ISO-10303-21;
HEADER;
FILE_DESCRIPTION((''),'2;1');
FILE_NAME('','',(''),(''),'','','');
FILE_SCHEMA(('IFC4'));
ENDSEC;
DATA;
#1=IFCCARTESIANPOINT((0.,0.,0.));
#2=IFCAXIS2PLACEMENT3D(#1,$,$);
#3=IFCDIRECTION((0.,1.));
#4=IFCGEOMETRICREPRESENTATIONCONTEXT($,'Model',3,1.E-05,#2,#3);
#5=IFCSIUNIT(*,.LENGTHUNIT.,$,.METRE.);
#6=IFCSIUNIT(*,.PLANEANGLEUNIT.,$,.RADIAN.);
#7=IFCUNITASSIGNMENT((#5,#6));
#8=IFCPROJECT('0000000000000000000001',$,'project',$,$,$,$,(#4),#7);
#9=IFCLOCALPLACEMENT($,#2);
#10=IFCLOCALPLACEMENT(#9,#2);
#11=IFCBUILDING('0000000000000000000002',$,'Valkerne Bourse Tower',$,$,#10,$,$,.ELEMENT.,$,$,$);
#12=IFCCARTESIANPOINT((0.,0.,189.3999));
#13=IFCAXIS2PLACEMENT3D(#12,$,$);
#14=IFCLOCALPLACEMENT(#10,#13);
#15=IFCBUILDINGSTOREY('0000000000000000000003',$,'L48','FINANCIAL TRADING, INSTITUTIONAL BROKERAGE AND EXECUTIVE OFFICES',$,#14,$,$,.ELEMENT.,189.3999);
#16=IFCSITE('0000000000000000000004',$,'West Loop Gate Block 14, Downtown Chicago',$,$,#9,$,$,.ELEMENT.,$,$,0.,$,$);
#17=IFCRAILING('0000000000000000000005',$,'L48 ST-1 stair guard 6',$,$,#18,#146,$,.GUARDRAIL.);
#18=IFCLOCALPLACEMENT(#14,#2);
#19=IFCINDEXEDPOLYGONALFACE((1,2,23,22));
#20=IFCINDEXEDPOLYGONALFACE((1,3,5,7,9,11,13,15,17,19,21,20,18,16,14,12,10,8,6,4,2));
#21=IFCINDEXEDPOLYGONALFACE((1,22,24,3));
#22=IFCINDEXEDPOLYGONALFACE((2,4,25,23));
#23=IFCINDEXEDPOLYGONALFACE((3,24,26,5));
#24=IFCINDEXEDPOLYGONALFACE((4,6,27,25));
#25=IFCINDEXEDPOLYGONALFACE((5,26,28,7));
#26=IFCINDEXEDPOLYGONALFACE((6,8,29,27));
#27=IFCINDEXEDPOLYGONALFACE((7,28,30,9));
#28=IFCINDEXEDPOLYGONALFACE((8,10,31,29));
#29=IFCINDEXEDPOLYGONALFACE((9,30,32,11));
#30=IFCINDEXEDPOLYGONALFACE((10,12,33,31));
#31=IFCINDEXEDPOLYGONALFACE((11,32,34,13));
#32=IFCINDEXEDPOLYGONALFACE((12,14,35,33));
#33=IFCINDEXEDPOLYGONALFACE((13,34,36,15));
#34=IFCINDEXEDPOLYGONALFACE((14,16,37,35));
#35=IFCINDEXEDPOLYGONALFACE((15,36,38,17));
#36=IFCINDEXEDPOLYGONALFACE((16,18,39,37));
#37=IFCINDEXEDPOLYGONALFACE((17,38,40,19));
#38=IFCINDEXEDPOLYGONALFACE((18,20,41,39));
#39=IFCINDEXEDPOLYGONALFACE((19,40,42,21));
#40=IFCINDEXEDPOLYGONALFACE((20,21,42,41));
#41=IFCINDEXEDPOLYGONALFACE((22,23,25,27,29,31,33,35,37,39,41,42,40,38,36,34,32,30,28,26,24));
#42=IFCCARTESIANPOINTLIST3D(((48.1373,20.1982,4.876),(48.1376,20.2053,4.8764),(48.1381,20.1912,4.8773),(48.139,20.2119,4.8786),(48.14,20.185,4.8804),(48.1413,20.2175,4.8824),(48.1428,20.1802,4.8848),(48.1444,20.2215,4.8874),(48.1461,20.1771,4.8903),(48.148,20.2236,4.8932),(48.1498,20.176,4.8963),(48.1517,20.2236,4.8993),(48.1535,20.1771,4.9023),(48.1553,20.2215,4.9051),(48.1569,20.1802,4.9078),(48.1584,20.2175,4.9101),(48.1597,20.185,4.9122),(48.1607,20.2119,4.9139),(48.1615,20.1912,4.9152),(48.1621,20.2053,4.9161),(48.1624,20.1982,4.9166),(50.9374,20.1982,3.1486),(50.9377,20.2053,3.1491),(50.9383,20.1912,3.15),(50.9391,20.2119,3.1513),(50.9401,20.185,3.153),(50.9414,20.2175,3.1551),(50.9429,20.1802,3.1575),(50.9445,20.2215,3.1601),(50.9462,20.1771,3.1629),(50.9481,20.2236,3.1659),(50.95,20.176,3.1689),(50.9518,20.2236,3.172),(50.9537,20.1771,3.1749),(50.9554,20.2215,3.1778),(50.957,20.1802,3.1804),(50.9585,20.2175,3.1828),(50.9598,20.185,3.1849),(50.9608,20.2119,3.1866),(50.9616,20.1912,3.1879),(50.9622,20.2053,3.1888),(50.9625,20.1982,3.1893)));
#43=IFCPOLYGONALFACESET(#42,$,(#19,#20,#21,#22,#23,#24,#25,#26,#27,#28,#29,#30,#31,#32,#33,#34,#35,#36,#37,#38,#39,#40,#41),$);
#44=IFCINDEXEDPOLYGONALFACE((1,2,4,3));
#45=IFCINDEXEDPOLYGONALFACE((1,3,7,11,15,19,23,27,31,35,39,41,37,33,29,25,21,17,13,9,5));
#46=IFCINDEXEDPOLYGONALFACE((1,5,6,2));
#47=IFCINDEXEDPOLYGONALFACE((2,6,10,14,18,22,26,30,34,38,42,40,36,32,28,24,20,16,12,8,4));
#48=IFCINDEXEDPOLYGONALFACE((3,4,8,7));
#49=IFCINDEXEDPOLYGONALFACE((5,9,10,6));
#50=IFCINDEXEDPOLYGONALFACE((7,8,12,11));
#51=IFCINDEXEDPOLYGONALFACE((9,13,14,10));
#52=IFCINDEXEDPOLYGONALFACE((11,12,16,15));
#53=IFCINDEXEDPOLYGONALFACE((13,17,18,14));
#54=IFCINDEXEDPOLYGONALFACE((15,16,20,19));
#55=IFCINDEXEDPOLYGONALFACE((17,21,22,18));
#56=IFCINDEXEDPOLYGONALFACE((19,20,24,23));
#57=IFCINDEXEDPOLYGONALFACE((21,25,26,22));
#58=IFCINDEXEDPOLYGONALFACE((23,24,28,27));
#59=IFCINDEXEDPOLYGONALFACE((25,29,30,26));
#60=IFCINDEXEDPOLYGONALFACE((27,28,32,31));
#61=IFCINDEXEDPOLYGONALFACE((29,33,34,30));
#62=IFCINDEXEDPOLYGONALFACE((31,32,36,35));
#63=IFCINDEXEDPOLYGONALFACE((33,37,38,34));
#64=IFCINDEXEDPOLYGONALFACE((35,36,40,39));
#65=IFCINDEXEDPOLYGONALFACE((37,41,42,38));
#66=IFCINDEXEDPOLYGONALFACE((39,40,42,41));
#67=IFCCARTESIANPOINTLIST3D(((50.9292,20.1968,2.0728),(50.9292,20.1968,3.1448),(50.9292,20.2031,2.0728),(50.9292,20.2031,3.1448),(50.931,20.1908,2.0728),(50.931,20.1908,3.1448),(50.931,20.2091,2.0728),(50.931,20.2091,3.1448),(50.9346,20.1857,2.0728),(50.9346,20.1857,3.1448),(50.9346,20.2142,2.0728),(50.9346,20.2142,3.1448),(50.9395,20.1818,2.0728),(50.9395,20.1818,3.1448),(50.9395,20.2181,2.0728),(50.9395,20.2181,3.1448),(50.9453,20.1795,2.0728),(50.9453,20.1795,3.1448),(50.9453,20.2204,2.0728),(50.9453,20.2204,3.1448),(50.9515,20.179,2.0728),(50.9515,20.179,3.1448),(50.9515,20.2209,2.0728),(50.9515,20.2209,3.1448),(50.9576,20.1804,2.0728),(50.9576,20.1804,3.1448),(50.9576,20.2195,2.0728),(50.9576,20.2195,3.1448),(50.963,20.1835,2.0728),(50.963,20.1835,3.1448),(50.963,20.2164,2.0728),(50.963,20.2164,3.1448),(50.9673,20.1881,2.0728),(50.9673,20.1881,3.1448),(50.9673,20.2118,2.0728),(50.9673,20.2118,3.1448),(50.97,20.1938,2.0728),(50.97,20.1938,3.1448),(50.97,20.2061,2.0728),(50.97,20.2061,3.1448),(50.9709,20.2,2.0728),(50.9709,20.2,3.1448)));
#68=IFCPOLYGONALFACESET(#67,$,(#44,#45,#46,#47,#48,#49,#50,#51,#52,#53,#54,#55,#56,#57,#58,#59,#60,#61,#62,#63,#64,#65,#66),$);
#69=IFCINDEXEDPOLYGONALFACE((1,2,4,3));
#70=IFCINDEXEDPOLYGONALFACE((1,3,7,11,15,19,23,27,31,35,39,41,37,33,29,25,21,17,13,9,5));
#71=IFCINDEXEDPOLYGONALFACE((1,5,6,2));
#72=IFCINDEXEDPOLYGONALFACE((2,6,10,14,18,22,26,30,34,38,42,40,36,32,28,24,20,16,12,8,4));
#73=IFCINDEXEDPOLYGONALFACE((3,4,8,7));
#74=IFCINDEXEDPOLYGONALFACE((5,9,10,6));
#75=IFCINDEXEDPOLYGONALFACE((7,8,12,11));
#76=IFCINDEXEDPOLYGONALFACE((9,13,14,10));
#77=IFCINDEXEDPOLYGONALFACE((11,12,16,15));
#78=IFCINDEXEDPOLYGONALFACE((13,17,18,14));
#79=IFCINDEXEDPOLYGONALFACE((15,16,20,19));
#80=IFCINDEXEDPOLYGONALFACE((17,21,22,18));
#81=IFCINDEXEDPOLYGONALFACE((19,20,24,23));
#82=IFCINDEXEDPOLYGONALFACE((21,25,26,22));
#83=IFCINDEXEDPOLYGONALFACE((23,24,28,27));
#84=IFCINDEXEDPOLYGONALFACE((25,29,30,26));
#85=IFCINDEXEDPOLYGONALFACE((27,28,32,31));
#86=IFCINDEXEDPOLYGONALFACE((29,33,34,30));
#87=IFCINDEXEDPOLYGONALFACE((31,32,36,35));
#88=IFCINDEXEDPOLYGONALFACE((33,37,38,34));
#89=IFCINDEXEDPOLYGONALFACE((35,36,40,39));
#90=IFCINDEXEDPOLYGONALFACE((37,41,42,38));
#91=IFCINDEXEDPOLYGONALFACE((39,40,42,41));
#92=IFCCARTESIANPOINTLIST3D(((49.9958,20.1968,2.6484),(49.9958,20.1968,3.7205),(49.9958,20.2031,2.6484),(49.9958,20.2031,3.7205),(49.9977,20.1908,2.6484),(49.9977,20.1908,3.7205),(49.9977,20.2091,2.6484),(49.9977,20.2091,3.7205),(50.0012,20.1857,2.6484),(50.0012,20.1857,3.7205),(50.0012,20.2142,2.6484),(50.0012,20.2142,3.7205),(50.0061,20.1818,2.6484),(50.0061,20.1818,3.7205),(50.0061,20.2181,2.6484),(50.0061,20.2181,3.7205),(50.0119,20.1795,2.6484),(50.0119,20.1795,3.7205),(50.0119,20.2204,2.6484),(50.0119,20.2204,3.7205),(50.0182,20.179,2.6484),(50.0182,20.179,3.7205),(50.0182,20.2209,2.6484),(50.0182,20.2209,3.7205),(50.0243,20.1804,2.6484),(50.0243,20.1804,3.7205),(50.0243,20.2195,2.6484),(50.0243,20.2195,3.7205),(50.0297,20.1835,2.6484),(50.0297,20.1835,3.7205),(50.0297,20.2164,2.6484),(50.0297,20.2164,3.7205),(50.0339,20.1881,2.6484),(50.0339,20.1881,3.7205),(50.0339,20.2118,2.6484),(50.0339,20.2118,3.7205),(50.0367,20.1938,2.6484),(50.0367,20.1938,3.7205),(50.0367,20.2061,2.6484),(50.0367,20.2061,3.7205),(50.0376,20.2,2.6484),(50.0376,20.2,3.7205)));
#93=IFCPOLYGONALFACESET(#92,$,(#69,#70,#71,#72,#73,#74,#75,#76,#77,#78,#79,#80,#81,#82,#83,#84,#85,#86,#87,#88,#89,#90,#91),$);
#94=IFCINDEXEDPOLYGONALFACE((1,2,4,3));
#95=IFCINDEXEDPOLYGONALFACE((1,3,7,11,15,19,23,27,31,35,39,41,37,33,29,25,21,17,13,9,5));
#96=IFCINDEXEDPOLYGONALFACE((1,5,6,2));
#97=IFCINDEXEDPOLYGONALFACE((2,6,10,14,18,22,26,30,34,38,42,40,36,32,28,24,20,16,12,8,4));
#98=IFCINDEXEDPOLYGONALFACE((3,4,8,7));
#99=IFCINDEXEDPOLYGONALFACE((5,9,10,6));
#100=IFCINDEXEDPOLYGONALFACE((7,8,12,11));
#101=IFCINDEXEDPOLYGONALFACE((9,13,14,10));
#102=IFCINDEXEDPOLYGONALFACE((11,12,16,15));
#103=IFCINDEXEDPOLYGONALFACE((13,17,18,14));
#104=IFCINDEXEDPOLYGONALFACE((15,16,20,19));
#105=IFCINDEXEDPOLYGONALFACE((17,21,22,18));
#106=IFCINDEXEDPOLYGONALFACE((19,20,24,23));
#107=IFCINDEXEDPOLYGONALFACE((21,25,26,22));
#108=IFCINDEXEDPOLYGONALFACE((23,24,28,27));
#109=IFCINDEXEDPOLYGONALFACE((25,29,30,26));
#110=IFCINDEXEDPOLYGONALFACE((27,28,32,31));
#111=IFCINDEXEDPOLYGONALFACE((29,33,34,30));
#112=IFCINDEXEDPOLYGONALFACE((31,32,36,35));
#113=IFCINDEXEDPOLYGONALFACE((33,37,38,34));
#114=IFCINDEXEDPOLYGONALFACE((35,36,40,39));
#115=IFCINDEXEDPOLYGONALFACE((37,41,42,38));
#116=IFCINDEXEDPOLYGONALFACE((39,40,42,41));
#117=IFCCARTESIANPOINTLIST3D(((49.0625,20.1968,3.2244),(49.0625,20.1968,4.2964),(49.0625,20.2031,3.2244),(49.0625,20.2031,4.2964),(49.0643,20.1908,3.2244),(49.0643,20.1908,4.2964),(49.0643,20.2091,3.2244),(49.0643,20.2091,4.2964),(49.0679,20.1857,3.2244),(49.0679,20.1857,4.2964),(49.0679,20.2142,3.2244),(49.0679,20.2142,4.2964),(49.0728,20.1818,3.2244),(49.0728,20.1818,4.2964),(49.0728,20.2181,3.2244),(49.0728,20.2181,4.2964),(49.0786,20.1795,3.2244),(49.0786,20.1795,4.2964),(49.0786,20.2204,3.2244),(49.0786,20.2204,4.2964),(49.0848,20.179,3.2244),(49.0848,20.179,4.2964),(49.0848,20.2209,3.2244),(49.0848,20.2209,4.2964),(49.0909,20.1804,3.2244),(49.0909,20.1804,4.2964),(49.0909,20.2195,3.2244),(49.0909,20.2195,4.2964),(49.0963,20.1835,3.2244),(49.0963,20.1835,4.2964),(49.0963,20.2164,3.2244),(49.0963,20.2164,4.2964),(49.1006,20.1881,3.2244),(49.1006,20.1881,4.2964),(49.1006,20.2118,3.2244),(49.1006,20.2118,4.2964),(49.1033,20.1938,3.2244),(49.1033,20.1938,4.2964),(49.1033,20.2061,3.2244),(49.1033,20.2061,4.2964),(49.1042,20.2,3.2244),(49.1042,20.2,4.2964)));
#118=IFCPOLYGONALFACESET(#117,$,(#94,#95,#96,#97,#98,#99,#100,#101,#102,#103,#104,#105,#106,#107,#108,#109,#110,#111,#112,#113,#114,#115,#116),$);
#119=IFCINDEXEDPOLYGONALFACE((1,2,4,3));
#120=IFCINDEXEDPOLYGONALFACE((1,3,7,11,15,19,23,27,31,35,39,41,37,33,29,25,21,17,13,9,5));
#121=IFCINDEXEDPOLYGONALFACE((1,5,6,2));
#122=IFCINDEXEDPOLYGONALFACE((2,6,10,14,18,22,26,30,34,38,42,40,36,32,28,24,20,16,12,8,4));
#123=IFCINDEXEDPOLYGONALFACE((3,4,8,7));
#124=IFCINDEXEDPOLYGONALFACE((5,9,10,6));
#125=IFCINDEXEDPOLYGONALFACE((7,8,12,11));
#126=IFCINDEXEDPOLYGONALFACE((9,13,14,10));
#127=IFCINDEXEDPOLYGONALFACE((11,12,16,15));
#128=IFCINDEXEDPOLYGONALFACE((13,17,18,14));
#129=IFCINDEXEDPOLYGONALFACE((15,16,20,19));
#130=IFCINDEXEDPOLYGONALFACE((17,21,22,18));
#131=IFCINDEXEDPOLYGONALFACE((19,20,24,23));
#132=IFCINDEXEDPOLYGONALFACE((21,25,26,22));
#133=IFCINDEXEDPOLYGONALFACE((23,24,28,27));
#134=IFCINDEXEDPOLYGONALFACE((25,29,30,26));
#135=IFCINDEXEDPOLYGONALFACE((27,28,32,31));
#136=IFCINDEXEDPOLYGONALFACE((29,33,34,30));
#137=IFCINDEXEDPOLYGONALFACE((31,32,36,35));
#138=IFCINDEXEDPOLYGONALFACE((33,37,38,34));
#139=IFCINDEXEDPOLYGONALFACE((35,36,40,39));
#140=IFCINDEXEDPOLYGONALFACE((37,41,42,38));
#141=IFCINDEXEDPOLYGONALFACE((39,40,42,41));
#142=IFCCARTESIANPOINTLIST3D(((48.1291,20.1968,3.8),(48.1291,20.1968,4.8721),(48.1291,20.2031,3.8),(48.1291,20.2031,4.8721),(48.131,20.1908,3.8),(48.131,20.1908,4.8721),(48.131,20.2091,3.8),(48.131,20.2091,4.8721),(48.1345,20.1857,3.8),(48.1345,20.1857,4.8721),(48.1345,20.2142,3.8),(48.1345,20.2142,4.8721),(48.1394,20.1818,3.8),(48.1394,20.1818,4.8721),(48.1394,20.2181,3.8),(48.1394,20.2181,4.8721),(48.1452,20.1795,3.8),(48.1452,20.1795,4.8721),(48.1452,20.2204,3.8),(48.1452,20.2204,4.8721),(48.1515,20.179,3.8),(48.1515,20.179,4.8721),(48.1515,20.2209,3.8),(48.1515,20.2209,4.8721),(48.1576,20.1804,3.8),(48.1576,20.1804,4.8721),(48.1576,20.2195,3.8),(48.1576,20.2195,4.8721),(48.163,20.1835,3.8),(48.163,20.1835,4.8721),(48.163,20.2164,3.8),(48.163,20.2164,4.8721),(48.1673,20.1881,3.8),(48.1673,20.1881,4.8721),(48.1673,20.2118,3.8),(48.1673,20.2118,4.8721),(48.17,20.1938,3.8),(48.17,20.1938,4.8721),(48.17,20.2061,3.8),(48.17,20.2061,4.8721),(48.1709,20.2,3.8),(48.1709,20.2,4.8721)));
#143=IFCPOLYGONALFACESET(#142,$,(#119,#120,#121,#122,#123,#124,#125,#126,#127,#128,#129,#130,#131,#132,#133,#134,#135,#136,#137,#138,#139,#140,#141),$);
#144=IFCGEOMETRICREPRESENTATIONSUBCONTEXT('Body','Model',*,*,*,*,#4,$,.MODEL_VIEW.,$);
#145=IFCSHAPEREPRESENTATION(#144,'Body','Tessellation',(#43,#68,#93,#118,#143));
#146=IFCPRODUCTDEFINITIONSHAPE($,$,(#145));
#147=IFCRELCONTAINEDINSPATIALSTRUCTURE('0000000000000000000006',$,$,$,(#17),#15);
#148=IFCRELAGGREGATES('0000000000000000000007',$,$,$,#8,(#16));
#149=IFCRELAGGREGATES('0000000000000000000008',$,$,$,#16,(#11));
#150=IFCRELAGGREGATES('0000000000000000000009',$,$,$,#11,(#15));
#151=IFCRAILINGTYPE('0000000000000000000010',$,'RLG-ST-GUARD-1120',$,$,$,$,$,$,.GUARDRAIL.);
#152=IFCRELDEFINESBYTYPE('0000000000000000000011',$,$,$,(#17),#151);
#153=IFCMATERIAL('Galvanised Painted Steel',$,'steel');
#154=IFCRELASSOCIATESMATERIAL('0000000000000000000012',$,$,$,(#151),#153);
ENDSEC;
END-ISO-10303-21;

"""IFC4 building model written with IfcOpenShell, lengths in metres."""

from ifc_helpers import new_model, si_unit, direction, frame, origin, origin_2d, place, context, subcontext, project, spatial, circle, extrude, material, type_object, element, save


model = new_model("IFC4")

# Units and contexts
model_context = context("Model", 3, precision=1e-05, world=origin(), true_north=direction((0.0, 1.0)))
body_context = subcontext(model_context, "Body", "Model", "MODEL_VIEW")
ifc_project = project(units=[si_unit("LENGTHUNIT", "METRE"), si_unit("PLANEANGLEUNIT", "RADIAN")], contexts=[model_context])

# Site, building, storey
site_placement = place(None, origin())
site = spatial("IfcSite", under=ifc_project, at=site_placement, Name="West Loop Gate Block 14, Downtown Chicago", CompositionType="ELEMENT", RefElevation=0.0)
building_placement = place(site_placement, origin())
building = spatial("IfcBuilding", under=site, at=building_placement, Name="Valkerne Bourse Tower", CompositionType="ELEMENT")
storey_placement = place(building_placement, frame((0.0, 0.0, 189.3999)))
storey = spatial("IfcBuildingStorey", under=building, at=storey_placement, Name="L48", Description="FINANCIAL TRADING, INSTITUTIONAL BROKERAGE AND EXECUTIVE OFFICES", CompositionType="ELEMENT", Elevation=189.3999)

# Shared definitions
ifc_material_1 = material(Name="Galvanised Painted Steel", Category="steel")

# Railing
railing_type_1 = type_object("IfcRailingType", Name="RLG-ST-GUARD-1120", PredefinedType="GUARDRAIL", material=ifc_material_1)
railing_1_placement = place(storey_placement, frame((50.95, 20.2, 2.0728)))
element("IfcRailing", 1, at=railing_1_placement, inside=storey, type_object=railing_type_1, Name="L48 ST-1 stair guard 6", PredefinedType="GUARDRAIL", context=body_context, shape_type="SweptSolid", body=[
    extrude(circle(Radius=0.0239, at=origin_2d()), frame((0.0, 0.0, 1.0962), z_axis=(-0.85109, 0.0, 0.52502), x_axis=(0.0, -1.0, 0.0)), (0.0, 0.0, 1.0), 3.29),
    extrude(circle(Radius=0.021, at=origin_2d()), origin(), (0.0, 0.0, 1.0), 1.072),
    extrude(circle(Radius=0.021, at=origin_2d()), frame((-0.9333, 0.0, 0.5757)), (0.0, 0.0, 1.0), 1.072),
    extrude(circle(Radius=0.021, at=origin_2d()), frame((-1.8667, 0.0, 1.1516)), (0.0, 0.0, 1.0), 1.072),
    extrude(circle(Radius=0.021, at=origin_2d()), frame((-2.8, 0.0, 1.7273)), (0.0, 0.0, 1.0), 1.072),
])

save(model, "model.ifc")
